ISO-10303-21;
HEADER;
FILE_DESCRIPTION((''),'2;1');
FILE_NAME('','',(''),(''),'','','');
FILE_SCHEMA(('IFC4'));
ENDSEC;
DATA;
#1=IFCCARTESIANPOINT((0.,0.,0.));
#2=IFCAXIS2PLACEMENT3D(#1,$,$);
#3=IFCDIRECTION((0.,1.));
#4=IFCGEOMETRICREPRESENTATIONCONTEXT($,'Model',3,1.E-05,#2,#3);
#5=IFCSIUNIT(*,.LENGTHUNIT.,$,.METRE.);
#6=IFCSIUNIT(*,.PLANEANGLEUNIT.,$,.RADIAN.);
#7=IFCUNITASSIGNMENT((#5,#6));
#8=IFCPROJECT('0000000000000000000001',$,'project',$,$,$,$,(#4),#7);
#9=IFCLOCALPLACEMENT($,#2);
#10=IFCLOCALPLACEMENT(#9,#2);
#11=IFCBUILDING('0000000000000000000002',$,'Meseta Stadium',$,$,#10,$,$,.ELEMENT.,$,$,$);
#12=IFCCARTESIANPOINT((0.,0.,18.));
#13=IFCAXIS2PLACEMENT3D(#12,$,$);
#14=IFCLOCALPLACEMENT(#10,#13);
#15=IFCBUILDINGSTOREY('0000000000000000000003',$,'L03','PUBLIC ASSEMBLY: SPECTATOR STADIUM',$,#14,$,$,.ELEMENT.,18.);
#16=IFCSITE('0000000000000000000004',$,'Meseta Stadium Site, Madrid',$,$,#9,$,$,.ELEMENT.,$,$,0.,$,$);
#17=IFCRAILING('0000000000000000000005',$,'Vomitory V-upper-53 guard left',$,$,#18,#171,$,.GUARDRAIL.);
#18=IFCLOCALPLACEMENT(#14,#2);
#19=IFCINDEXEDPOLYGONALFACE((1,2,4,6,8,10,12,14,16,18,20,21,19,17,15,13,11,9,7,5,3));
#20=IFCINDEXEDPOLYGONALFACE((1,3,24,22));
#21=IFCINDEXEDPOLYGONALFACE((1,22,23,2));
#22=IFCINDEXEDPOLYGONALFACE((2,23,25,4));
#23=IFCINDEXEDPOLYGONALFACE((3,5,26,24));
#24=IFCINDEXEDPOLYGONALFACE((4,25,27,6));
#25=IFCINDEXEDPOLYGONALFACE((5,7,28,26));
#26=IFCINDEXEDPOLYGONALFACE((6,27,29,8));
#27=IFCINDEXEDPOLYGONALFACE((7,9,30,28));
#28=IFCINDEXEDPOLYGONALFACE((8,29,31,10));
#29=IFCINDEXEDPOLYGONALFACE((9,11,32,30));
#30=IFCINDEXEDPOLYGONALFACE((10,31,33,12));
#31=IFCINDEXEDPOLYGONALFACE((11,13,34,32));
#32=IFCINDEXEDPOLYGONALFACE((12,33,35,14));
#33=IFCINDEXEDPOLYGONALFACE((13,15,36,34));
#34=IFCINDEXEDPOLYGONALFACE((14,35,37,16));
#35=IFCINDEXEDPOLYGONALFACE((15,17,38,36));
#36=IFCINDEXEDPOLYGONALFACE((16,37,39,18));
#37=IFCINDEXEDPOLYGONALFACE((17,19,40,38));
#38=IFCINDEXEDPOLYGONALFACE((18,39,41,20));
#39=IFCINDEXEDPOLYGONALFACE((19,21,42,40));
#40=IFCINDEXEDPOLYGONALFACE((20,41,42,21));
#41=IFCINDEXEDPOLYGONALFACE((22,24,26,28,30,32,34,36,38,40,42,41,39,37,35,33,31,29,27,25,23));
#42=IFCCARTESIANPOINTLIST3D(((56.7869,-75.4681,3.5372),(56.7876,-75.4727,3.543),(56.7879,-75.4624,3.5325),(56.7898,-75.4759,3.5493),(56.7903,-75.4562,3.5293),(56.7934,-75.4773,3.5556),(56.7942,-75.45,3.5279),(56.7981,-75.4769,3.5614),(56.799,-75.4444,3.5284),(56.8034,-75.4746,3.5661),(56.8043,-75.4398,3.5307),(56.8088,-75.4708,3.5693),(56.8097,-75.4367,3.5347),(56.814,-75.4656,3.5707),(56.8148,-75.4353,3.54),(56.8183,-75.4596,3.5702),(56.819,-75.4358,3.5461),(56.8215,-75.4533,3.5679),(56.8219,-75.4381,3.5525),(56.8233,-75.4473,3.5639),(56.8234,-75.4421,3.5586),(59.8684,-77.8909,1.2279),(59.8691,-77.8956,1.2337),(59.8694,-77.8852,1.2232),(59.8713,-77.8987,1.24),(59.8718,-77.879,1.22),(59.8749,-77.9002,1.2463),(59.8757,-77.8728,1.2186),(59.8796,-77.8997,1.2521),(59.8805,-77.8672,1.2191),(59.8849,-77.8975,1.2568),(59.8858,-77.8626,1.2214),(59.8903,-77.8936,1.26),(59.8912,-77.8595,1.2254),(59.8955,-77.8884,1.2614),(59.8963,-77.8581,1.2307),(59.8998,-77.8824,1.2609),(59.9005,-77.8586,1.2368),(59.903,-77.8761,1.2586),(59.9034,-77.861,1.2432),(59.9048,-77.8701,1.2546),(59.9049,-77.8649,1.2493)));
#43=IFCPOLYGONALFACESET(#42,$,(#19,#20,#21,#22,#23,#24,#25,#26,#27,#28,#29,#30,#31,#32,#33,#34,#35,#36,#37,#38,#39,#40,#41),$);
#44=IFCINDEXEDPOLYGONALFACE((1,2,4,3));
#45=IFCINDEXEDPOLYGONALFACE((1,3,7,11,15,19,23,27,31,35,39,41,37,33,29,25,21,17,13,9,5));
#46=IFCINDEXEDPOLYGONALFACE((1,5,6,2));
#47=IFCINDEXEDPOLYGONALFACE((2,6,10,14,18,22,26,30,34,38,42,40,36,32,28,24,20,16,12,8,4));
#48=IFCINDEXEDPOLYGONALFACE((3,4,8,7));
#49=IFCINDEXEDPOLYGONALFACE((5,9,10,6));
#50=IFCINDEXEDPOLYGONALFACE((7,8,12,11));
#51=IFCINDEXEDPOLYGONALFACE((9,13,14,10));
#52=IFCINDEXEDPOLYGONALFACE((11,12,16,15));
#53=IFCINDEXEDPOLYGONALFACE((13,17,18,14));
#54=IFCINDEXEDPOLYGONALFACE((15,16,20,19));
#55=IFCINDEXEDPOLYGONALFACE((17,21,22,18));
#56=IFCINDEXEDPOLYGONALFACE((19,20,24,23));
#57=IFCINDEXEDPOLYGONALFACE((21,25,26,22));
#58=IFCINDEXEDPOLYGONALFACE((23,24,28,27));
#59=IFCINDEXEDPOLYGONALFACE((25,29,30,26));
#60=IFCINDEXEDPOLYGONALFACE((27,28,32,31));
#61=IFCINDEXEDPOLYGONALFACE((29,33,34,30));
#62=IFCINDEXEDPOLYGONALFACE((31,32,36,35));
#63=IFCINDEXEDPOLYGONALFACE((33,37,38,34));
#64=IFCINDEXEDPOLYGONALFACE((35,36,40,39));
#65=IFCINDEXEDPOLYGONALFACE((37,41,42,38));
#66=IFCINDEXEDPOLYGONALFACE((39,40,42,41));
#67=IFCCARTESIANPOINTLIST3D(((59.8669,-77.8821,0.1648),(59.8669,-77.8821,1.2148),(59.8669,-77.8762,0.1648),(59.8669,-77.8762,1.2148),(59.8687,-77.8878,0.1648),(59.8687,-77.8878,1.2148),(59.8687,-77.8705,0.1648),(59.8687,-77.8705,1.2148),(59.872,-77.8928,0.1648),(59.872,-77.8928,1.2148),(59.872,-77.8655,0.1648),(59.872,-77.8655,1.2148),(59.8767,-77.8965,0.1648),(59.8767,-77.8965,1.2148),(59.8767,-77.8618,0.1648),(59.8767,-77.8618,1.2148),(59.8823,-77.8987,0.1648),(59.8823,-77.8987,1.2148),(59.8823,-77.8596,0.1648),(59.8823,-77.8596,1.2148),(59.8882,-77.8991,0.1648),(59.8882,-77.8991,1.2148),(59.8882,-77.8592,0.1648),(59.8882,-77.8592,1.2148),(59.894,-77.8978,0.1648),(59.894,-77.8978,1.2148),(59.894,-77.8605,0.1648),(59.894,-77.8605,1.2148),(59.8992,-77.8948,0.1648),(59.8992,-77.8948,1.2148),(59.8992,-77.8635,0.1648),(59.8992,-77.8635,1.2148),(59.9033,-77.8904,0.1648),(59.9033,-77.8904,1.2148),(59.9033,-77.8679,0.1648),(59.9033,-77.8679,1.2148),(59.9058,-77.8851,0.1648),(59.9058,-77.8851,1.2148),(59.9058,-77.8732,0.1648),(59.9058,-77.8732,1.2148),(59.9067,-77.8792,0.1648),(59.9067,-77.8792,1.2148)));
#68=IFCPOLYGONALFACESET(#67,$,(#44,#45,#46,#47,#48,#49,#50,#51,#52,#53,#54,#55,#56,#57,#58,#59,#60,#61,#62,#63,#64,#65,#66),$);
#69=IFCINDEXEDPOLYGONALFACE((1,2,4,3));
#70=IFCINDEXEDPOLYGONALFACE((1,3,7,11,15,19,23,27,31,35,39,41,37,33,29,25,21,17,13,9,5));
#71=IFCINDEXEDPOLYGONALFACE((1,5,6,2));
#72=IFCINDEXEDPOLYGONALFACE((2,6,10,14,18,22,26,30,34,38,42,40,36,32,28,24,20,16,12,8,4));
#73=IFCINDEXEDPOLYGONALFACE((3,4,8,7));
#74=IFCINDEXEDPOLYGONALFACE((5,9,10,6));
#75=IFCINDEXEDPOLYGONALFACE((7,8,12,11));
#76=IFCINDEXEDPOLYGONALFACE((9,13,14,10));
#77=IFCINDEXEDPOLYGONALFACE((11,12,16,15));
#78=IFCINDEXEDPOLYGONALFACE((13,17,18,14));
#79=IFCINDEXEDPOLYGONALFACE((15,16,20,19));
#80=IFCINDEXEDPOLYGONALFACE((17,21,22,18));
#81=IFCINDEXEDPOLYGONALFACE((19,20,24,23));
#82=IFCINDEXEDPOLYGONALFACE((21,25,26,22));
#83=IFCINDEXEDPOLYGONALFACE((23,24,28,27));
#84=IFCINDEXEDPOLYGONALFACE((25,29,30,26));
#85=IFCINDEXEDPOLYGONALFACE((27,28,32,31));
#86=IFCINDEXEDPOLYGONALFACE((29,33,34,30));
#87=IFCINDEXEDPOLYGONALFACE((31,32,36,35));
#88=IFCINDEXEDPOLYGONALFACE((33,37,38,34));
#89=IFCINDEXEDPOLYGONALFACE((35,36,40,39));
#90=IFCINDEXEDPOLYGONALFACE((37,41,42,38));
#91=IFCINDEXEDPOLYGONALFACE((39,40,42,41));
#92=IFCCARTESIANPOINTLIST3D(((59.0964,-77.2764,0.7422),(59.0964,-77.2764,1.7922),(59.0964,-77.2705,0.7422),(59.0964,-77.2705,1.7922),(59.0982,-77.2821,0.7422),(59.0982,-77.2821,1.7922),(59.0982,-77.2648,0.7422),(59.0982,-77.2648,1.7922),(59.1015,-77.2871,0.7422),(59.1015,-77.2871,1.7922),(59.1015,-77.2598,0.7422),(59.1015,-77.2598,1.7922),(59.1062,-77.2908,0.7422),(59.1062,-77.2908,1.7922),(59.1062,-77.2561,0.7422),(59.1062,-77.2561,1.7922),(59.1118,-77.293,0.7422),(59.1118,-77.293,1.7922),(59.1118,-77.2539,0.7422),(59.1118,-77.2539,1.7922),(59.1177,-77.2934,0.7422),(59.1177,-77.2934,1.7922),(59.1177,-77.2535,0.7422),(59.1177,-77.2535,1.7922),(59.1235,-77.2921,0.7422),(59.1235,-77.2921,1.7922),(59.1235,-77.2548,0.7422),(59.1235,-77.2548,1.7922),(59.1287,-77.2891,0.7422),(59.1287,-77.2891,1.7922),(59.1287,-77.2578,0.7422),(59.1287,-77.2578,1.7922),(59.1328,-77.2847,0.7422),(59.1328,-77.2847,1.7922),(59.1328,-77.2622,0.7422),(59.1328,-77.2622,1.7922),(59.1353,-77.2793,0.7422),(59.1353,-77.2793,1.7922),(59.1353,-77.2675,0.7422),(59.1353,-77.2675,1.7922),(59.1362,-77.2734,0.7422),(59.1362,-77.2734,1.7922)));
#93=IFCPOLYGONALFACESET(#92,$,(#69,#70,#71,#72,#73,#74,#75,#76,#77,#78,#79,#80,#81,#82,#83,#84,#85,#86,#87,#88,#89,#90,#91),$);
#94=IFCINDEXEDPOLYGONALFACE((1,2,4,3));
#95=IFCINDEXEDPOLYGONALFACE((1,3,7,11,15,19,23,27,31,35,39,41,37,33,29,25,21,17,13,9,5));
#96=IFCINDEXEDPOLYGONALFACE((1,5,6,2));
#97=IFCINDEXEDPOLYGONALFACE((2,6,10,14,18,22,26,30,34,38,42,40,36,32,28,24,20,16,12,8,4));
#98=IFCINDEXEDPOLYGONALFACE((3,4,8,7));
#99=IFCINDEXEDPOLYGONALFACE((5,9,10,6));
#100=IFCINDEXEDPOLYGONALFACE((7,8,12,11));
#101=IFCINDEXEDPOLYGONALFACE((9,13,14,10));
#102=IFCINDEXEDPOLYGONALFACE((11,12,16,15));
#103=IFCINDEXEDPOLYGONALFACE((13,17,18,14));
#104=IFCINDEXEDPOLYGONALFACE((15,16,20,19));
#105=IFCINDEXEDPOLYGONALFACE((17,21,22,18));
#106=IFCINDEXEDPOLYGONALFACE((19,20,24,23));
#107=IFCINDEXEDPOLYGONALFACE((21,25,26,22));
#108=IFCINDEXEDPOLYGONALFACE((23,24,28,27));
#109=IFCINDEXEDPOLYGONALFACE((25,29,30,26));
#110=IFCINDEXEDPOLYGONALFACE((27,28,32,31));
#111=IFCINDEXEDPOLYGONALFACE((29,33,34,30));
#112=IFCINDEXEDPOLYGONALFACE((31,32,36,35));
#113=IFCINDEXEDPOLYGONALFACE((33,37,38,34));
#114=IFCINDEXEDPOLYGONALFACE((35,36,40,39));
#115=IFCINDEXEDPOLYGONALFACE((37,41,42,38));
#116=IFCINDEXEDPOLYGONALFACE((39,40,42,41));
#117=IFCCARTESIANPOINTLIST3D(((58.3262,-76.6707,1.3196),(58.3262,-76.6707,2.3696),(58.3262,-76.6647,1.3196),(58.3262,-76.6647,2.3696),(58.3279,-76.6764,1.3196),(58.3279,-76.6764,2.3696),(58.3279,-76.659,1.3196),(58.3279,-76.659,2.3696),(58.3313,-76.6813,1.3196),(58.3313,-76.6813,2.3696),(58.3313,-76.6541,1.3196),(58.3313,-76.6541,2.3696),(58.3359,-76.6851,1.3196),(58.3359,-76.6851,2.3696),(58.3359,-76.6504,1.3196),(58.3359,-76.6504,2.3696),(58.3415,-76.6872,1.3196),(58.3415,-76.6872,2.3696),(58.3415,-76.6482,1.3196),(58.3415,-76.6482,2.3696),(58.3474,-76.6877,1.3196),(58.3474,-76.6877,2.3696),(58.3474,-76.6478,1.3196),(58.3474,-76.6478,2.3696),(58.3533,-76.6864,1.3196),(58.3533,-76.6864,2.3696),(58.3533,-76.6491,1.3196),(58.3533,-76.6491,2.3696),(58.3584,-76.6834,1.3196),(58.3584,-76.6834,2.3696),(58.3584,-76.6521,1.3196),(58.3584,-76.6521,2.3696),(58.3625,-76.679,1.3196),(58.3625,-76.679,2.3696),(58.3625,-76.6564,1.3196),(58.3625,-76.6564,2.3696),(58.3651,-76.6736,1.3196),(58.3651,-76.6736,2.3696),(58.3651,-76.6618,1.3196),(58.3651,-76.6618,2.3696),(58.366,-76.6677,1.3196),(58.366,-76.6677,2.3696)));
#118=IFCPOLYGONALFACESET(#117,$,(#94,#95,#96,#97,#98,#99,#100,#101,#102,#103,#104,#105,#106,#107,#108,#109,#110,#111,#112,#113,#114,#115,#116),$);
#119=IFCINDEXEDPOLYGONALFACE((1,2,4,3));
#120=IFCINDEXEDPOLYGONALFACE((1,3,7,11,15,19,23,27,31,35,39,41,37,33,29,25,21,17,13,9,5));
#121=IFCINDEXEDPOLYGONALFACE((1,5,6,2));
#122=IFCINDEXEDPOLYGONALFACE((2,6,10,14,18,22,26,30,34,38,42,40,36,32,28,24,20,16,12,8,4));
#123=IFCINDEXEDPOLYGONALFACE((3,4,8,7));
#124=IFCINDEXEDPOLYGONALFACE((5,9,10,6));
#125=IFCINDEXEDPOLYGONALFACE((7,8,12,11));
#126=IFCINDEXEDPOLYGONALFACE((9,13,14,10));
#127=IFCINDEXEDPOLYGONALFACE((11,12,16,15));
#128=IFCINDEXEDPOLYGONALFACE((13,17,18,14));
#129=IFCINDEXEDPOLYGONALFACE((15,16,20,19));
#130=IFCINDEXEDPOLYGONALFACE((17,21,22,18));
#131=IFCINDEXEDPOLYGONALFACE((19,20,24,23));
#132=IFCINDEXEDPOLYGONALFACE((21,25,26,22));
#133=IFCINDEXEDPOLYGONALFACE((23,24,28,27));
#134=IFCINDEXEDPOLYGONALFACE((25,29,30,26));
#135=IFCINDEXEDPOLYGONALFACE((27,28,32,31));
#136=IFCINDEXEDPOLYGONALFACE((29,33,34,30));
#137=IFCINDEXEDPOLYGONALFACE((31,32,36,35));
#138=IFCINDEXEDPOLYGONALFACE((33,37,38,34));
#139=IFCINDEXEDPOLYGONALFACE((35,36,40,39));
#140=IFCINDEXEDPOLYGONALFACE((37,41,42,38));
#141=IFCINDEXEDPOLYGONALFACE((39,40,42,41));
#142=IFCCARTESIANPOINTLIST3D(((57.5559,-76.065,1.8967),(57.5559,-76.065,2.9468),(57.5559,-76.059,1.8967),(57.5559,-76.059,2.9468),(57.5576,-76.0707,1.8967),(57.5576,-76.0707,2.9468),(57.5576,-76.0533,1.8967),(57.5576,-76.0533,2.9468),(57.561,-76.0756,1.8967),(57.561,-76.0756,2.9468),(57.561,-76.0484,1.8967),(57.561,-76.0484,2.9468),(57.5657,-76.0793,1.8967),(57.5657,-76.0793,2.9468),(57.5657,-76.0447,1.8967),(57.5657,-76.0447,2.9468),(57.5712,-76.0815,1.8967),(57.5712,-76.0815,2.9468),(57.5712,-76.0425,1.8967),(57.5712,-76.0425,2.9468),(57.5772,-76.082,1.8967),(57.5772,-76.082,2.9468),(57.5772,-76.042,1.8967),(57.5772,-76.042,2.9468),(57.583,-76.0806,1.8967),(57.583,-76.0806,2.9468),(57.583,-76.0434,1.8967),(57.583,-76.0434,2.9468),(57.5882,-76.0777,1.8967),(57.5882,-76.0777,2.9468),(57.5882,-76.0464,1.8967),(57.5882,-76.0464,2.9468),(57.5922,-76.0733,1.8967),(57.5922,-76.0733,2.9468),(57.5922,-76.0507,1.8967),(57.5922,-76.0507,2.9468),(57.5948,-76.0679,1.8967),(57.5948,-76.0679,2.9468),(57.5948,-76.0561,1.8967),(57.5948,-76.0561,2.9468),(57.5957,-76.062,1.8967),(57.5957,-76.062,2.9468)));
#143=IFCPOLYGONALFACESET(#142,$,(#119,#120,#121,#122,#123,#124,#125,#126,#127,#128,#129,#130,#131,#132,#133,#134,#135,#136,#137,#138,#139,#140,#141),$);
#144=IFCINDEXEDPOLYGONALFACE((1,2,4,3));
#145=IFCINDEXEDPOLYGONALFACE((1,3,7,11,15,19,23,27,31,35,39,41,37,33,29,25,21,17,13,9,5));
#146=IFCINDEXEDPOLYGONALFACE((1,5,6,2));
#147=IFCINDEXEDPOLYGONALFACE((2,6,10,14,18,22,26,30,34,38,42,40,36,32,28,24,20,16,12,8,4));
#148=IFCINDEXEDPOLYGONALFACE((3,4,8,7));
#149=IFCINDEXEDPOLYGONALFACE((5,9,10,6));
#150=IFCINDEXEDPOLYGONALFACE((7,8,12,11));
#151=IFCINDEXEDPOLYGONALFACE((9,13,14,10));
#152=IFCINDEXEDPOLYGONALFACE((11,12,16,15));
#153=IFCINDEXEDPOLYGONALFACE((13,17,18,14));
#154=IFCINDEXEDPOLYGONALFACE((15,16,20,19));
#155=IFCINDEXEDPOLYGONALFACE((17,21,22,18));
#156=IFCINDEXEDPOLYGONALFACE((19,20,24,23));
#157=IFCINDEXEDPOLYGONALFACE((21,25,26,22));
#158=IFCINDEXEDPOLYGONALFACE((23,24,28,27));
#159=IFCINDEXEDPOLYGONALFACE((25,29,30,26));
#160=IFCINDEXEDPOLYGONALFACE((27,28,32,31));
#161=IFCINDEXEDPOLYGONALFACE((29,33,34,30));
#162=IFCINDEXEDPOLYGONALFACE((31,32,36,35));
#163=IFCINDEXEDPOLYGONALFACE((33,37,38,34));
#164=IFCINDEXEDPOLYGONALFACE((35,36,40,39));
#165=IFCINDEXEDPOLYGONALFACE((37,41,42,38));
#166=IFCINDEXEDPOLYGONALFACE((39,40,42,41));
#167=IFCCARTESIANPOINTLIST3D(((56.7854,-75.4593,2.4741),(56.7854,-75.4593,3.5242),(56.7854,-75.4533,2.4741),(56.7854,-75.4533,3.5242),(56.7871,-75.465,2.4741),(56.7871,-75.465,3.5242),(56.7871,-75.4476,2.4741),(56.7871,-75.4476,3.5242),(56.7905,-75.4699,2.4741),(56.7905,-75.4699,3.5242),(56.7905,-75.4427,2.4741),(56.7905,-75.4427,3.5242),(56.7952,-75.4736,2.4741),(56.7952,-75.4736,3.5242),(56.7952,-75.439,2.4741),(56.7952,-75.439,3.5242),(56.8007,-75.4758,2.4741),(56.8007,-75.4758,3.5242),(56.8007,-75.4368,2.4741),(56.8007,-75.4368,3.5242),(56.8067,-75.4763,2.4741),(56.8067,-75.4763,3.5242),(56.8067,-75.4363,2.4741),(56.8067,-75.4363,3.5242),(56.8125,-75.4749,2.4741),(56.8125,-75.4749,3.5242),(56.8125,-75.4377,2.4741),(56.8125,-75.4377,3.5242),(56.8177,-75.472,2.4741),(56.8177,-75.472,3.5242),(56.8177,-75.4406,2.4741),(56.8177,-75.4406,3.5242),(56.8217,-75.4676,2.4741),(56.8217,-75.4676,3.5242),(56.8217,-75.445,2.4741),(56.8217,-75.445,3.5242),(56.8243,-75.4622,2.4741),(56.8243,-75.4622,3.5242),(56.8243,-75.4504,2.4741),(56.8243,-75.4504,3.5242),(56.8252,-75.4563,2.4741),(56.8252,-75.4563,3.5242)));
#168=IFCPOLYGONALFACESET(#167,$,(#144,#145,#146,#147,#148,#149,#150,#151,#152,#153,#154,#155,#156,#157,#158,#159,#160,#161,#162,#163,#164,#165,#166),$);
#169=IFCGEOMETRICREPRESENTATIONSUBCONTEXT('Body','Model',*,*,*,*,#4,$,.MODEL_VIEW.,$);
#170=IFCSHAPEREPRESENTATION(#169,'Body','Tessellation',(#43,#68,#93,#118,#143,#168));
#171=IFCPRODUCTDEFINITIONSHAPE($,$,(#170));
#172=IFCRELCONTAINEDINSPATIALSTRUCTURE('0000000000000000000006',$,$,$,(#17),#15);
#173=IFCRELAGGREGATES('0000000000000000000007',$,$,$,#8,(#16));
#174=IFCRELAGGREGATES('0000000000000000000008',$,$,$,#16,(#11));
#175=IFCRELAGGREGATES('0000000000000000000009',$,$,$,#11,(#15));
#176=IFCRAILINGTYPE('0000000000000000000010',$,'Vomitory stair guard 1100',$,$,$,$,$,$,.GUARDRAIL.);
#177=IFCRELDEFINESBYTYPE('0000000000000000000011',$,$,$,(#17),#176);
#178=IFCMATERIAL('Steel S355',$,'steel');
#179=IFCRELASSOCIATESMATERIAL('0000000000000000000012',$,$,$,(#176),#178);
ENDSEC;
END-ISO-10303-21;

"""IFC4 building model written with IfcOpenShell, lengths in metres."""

from ifc_helpers import new_model, si_unit, direction, frame, origin, origin_2d, place, context, subcontext, project, spatial, circle, extrude, material, type_object, element, save


model = new_model("IFC4")

# Units and contexts
model_context = context("Model", 3, precision=1e-05, world=origin(), true_north=direction((0.0, 1.0)))
body_context = subcontext(model_context, "Body", "Model", "MODEL_VIEW")
ifc_project = project(units=[si_unit("LENGTHUNIT", "METRE"), si_unit("PLANEANGLEUNIT", "RADIAN")], contexts=[model_context])

# Site, building, storey
site_placement = place(None, origin())
site = spatial("IfcSite", under=ifc_project, at=site_placement, Name="Meseta Stadium Site, Madrid", CompositionType="ELEMENT", RefElevation=0.0)
building_placement = place(site_placement, origin())
building = spatial("IfcBuilding", under=site, at=building_placement, Name="Meseta Stadium", CompositionType="ELEMENT")
storey_placement = place(building_placement, frame((0.0, 0.0, 18.0)))
storey = spatial("IfcBuildingStorey", under=building, at=storey_placement, Name="L03", Description="PUBLIC ASSEMBLY: SPECTATOR STADIUM", CompositionType="ELEMENT", Elevation=18.0)

# Railing
ifc_material_1 = material(Name="Steel S355", Category="steel")
railing_type_1 = type_object("IfcRailingType", Name="Vomitory stair guard 1100", PredefinedType="GUARDRAIL", material=ifc_material_1)
railing_1_placement = place(storey_placement, frame((59.8867, -77.8792, 0.1648)))
element("IfcRailing", 1, at=railing_1_placement, inside=storey, type_object=railing_type_1, Name="Vomitory V-upper-53 guard left", PredefinedType="GUARDRAIL", context=body_context, shape_type="SweptSolid", body=[
    extrude(circle(Radius=0.0249, at=origin_2d()), frame((0.0, 0.0, 1.0752), z_axis=(-0.677318, 0.532539, 0.507586), x_axis=(-0.61808, -0.786115, 0.0)), (0.0, 0.0, 1.0), 4.5496),
    extrude(circle(Radius=0.02, at=origin_2d()), origin(), (0.0, 0.0, 1.0), 1.05),
    extrude(circle(Radius=0.02, at=origin_2d()), frame((-0.7705, 0.6057, 0.5774)), (0.0, 0.0, 1.0), 1.05),
    extrude(circle(Radius=0.02, at=origin_2d()), frame((-1.5408, 1.2114, 1.1548)), (0.0, 0.0, 1.0), 1.05),
    extrude(circle(Radius=0.02, at=origin_2d()), frame((-2.311, 1.8171, 1.7319)), (0.0, 0.0, 1.0), 1.05),
    extrude(circle(Radius=0.02, at=origin_2d()), frame((-3.0815, 2.4229, 2.3093)), (0.0, 0.0, 1.0), 1.05),
])

save(model, "model.ifc")
